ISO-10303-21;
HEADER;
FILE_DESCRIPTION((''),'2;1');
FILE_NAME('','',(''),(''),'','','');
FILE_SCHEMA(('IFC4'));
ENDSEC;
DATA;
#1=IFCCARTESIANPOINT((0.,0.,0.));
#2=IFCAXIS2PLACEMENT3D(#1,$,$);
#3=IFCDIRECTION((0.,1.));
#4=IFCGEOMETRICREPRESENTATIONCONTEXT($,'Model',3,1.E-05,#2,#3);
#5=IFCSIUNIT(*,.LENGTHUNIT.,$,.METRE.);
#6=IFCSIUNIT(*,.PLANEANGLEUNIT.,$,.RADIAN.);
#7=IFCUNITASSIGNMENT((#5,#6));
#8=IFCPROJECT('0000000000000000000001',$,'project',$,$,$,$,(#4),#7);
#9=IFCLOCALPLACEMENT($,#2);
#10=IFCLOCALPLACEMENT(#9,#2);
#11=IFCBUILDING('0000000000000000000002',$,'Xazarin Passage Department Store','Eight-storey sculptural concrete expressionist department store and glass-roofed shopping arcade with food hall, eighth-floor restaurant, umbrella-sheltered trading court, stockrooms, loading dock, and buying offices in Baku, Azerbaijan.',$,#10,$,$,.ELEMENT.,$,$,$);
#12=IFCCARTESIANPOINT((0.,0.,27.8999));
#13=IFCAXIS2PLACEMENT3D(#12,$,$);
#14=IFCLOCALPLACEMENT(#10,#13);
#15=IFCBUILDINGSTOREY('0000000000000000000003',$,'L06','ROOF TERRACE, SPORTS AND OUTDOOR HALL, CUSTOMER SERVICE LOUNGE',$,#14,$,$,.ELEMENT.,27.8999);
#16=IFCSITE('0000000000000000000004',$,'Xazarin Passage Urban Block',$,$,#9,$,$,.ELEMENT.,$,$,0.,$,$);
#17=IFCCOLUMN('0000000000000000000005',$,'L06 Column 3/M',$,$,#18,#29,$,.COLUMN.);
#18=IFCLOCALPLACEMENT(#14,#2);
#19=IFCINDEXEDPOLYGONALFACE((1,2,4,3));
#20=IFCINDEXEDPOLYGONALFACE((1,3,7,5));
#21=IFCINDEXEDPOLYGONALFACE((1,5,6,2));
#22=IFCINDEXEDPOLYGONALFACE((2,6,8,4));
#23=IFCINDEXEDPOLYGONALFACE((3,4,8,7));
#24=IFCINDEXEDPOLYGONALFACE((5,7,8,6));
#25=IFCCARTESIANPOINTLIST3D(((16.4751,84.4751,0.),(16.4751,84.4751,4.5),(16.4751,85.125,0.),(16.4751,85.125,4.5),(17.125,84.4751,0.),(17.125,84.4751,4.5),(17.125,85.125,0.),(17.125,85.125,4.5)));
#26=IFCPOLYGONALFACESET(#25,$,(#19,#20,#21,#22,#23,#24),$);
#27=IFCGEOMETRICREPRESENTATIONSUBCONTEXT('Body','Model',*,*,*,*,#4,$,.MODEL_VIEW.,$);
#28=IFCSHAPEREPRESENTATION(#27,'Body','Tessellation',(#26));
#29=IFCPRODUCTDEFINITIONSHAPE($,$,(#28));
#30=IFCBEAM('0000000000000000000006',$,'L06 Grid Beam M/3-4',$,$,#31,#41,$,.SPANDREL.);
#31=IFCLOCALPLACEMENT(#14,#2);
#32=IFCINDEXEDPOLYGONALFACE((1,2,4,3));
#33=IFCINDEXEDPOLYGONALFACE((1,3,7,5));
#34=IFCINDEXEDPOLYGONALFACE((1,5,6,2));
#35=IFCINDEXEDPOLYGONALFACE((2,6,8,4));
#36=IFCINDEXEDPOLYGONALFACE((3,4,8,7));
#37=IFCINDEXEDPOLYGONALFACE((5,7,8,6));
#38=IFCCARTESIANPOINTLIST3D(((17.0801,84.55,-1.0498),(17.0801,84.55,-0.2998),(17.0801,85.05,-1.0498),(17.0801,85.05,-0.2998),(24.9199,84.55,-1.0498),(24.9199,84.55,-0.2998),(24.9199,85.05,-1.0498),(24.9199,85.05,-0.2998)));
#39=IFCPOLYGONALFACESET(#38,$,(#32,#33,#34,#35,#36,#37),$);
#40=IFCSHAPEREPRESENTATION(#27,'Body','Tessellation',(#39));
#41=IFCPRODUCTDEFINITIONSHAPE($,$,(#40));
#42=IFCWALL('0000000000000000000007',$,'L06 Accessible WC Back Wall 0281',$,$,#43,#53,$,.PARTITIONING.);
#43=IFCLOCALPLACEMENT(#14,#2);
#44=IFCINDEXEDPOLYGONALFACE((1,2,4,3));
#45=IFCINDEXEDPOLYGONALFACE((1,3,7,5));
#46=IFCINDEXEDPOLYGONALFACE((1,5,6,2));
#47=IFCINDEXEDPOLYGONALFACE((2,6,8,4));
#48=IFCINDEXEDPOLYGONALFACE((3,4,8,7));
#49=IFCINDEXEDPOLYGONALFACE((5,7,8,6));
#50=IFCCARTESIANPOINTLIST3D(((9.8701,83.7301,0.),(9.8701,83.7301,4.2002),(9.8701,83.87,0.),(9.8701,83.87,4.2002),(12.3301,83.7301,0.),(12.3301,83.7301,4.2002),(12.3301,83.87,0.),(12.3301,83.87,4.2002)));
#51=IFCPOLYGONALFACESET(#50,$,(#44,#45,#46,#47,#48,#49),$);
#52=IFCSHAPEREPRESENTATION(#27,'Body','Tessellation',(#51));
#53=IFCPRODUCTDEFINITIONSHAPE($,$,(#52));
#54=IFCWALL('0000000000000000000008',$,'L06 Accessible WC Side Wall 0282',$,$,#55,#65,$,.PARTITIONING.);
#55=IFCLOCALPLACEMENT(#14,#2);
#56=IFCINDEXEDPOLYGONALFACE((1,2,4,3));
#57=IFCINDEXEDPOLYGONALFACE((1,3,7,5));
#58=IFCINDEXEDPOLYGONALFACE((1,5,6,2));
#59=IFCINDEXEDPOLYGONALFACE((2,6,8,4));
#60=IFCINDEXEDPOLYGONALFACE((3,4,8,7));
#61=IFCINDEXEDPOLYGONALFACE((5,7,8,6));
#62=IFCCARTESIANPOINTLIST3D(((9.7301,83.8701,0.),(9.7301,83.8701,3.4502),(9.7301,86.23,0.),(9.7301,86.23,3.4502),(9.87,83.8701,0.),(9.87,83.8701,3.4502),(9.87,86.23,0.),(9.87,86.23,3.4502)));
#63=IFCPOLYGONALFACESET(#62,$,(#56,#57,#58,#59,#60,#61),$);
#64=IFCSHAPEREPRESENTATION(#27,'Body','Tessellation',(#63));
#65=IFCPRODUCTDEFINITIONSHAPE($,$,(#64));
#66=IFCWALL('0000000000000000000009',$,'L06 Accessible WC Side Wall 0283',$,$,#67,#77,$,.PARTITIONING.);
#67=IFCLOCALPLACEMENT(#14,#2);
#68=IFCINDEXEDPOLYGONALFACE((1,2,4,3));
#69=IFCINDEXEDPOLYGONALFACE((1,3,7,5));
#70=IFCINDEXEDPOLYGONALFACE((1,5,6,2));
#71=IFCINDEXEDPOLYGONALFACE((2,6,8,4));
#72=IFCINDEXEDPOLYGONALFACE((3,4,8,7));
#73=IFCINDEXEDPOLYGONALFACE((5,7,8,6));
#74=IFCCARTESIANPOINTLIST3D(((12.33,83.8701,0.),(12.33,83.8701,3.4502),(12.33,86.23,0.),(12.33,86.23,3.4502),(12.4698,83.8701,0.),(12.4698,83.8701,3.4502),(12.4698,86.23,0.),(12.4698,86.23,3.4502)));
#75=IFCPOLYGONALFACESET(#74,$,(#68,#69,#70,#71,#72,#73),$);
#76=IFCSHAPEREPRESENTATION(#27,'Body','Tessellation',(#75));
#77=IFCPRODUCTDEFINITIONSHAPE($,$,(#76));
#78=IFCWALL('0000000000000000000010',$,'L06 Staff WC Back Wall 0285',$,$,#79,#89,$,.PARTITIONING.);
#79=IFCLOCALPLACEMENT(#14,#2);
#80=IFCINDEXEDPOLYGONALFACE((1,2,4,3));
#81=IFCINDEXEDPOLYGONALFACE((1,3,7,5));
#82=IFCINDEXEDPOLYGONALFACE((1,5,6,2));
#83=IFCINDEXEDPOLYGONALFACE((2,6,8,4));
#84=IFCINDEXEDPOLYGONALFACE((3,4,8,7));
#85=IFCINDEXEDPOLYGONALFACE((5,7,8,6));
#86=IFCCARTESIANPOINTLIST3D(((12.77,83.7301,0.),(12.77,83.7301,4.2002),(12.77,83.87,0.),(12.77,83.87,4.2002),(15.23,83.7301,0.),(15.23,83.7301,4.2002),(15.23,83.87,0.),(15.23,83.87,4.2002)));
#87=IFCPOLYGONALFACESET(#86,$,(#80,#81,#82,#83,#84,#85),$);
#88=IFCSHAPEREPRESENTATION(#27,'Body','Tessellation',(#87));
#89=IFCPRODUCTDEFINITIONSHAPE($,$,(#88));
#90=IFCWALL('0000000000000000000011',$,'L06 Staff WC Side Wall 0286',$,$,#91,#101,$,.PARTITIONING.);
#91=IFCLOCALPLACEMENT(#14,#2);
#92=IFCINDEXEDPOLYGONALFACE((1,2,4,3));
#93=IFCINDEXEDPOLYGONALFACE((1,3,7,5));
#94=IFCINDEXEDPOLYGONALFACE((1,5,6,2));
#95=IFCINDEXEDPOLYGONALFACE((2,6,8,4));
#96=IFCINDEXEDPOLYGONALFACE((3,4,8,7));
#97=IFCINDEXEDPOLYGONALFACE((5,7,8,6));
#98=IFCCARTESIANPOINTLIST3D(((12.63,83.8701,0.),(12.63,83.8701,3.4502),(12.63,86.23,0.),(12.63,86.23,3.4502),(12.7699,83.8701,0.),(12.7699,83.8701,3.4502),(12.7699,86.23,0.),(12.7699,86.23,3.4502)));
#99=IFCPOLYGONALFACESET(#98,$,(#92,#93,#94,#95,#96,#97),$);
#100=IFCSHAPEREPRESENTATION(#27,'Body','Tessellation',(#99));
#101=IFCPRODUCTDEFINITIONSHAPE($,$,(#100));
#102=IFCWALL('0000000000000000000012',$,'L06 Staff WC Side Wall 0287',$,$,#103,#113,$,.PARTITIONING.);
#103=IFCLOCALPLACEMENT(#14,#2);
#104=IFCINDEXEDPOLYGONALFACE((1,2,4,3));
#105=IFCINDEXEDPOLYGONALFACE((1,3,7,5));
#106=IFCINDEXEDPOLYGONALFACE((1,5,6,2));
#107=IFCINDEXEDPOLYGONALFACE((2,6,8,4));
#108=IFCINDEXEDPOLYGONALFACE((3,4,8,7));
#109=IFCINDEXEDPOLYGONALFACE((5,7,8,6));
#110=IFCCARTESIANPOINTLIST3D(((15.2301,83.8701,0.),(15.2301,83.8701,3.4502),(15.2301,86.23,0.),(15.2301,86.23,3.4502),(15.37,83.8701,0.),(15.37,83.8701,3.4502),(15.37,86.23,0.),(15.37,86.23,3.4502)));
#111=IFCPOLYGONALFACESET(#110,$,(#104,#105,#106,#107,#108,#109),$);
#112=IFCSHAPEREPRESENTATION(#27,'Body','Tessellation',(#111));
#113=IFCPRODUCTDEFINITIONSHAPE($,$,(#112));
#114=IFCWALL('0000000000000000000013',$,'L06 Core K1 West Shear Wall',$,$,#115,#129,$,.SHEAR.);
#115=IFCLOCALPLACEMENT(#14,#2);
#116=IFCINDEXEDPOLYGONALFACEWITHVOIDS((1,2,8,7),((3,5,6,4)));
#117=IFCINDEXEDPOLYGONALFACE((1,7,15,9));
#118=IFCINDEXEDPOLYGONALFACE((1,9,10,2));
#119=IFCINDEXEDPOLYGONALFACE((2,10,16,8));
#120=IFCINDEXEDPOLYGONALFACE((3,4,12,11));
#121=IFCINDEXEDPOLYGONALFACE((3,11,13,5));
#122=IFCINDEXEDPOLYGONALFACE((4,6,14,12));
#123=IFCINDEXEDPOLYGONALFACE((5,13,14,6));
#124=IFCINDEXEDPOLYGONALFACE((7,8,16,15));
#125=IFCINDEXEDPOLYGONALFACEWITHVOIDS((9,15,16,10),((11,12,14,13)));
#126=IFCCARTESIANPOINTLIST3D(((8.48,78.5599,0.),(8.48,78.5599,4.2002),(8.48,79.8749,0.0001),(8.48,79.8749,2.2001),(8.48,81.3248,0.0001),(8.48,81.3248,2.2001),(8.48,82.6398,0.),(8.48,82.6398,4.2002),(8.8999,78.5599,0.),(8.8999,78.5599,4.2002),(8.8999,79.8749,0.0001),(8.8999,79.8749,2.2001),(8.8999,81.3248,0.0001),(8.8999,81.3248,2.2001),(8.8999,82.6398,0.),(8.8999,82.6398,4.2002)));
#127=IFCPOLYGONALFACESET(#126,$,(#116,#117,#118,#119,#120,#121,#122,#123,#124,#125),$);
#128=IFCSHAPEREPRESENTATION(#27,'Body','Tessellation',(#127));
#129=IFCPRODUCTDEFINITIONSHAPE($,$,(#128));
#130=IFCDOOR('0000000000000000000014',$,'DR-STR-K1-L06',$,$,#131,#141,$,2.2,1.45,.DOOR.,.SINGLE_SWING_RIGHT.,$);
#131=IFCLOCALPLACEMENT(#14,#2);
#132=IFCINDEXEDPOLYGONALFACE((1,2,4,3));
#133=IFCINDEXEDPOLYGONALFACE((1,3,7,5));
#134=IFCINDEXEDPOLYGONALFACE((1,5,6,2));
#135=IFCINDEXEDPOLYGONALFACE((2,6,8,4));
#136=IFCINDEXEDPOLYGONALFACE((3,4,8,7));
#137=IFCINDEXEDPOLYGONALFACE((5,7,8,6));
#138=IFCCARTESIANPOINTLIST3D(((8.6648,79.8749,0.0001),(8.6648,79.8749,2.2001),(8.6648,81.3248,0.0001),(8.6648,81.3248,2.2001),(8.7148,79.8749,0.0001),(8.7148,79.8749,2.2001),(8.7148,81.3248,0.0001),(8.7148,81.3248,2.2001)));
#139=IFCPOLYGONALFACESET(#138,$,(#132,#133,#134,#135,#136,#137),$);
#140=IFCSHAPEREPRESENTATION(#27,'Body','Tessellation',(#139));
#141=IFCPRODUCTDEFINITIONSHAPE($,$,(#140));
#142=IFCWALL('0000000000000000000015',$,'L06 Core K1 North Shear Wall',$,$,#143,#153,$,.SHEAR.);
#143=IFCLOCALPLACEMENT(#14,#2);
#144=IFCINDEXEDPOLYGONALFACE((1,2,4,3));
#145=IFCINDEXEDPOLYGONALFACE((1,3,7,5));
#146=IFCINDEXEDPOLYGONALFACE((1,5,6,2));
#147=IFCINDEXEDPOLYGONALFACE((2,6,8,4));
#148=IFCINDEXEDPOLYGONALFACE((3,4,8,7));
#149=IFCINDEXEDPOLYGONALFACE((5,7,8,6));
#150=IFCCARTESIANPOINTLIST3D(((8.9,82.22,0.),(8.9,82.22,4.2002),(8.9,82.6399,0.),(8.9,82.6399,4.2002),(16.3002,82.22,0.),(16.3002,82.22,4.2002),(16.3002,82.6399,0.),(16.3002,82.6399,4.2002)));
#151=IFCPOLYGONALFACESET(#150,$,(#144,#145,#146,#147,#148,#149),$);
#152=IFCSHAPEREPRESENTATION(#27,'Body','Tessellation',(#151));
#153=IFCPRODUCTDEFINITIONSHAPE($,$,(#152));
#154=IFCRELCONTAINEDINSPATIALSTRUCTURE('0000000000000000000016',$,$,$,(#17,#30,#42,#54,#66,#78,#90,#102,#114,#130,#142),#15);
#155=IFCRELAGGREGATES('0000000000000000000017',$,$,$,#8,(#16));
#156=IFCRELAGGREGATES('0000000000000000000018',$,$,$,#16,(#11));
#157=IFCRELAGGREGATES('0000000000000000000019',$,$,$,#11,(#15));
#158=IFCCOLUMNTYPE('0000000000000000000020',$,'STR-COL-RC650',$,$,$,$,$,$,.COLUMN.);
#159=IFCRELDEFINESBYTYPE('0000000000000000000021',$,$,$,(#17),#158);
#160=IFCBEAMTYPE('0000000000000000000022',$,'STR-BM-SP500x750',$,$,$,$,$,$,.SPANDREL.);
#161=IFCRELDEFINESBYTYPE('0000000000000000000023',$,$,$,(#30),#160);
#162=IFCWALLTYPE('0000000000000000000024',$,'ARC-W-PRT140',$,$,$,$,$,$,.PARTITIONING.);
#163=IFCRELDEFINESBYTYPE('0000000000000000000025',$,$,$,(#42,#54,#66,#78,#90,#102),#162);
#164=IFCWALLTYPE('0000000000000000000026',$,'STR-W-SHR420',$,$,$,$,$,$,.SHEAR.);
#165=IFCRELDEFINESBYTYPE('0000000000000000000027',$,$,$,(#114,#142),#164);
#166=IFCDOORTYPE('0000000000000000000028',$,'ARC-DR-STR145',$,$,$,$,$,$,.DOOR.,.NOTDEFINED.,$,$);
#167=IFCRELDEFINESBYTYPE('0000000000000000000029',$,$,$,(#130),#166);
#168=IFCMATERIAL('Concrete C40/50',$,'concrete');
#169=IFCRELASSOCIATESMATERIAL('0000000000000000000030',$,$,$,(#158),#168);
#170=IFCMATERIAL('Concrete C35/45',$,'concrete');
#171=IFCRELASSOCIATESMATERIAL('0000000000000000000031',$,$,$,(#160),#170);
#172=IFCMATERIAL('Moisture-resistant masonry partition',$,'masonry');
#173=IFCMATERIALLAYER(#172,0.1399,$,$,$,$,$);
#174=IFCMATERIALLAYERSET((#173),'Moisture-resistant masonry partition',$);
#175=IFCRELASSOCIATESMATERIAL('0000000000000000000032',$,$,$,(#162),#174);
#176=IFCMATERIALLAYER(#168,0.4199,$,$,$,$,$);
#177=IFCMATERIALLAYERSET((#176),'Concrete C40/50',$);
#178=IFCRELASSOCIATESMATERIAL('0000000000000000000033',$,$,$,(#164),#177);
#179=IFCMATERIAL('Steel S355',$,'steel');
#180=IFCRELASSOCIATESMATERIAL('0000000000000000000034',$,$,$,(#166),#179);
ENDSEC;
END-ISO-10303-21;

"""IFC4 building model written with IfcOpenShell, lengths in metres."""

from ifc_helpers import new_model, si_unit, direction, frame, frame_2d, origin, origin_2d, place, context, subcontext, project, spatial, rectangle, extrude, material, layer, layer_set, material_profile, profile_set, type_object, element, fill, save


model = new_model("IFC4")

# Units and contexts
model_context = context("Model", 3, precision=1e-05, world=origin(), true_north=direction((0.0, 1.0)))
body_context = subcontext(model_context, "Body", "Model", "MODEL_VIEW")
ifc_project = project(units=[si_unit("LENGTHUNIT", "METRE"), si_unit("PLANEANGLEUNIT", "RADIAN")], contexts=[model_context])

# Site, building, storey
site_placement = place(None, origin())
site = spatial("IfcSite", under=ifc_project, at=site_placement, Name="Xazarin Passage Urban Block", CompositionType="ELEMENT", RefElevation=0.0)
building_placement = place(site_placement, origin())
building = spatial("IfcBuilding", under=site, at=building_placement, Name="Xazarin Passage Department Store", Description="Eight-storey sculptural concrete expressionist department store and glass-roofed shopping arcade with food hall, eighth-floor restaurant, umbrella-sheltered trading court, stockrooms, loading dock, and buying offices in Baku, Azerbaijan.", CompositionType="ELEMENT")
storey_placement = place(building_placement, frame((0.0, 0.0, 27.8999)))
storey = spatial("IfcBuildingStorey", under=building, at=storey_placement, Name="L06", Description="ROOF TERRACE, SPORTS AND OUTDOOR HALL, CUSTOMER SERVICE LOUNGE", CompositionType="ELEMENT", Elevation=27.8999)

# Column
ifc_material_1 = material(Name="Concrete C40/50", Category="concrete")
ifc_material_profile_1 = material_profile(ifc_material_1, rectangle(XDim=0.6499, YDim=0.6499, at=origin_2d()), Name="RC 650x650")
ifc_profile_set_1 = profile_set([ifc_material_profile_1], Name="Concrete C40/50")
column_type = type_object("IfcColumnType", Name="STR-COL-RC650", PredefinedType="COLUMN", material=ifc_profile_set_1)
column_placement = place(storey_placement, frame((16.8, 84.8, 0.0), z_axis=(0.0, 0.0, 1.0), x_axis=(1.0, 0.0, 0.0)))
element("IfcColumn", 1, at=column_placement, inside=storey, type_object=column_type, Name="L06 Column 3/M", PredefinedType="COLUMN", context=body_context, shape_type="SweptSolid", body=[
    extrude(rectangle(XDim=0.6499, YDim=0.6499, at=origin_2d()), origin(), (0.0, 0.0, 1.0), 4.5),
])

# Beam
ifc_material_2 = material(Name="Concrete C35/45", Category="concrete")
ifc_material_profile_2 = material_profile(ifc_material_2, rectangle(XDim=0.5, YDim=0.75, at=origin_2d()), Name="RC 500x750")
ifc_profile_set_2 = profile_set([ifc_material_profile_2], Name="Concrete C35/45")
beam_type = type_object("IfcBeamType", Name="STR-BM-SP500x750", PredefinedType="SPANDREL", material=ifc_profile_set_2)
beam_placement = place(storey_placement, frame((17.0801, 84.8, -0.6748), z_axis=(1.0, 0.0, 0.0), x_axis=(0.0, 1.0, 0.0)))
element("IfcBeam", 2, at=beam_placement, inside=storey, type_object=beam_type, Name="L06 Grid Beam M/3-4", PredefinedType="SPANDREL", context=body_context, shape_type="SweptSolid", body=[
    extrude(rectangle(XDim=0.5, YDim=0.75, at=origin_2d()), origin(), (0.0, 0.0, 1.0), 7.8398),
])

# Shared definitions
ifc_material_3 = material(Name="Moisture-resistant masonry partition", Category="masonry")
ifc_layer_1 = layer(ifc_material_3, 0.1399)
ifc_layer_set_1 = layer_set([ifc_layer_1], Name="Moisture-resistant masonry partition")
wall_type_1 = type_object("IfcWallType", Name="ARC-W-PRT140", PredefinedType="PARTITIONING", material=ifc_layer_set_1)

# Walls
wall_1_placement = place(storey_placement, frame((9.8701, 83.8, 0.0), z_axis=(0.0, 0.0, 1.0), x_axis=(1.0, 0.0, 0.0)))
element("IfcWall", 3, at=wall_1_placement, inside=storey, type_object=wall_type_1, Name="L06 Accessible WC Back Wall 0281", PredefinedType="PARTITIONING", context=body_context, shape_type="SweptSolid", body=[
    extrude(rectangle(XDim=2.46, YDim=0.1399, at=frame_2d((1.23, 0.0))), origin(), (0.0, 0.0, 1.0), 4.2002),
])
for number, where, z_axis, x_axis, name in (
    (4, (9.8, 83.8701, 0.0), (0.0, 0.0, 1.0), (0.0, 1.0, 0.0), "L06 Accessible WC Side Wall 0282"),
    (5, (12.3999, 83.8701, 0.0), (0.0, 0.0, 1.0), (0.0, 1.0, 0.0), "L06 Accessible WC Side Wall 0283"),
):
    element("IfcWall", number, at=place(storey_placement, frame(where, z_axis=z_axis, x_axis=x_axis)), inside=storey, type_object=wall_type_1, Name=name, PredefinedType="PARTITIONING", context=body_context, shape_type="SweptSolid", body=[
        extrude(rectangle(XDim=2.3599, YDim=0.1399, at=frame_2d((1.1799, 0.0))), origin(), (0.0, 0.0, 1.0), 3.4502),
    ])

# Walls
wall_2_placement = place(storey_placement, frame((12.77, 83.8, 0.0), z_axis=(0.0, 0.0, 1.0), x_axis=(1.0, 0.0, 0.0)))
element("IfcWall", 6, at=wall_2_placement, inside=storey, type_object=wall_type_1, Name="L06 Staff WC Back Wall 0285", PredefinedType="PARTITIONING", context=body_context, shape_type="SweptSolid", body=[
    extrude(rectangle(XDim=2.46, YDim=0.1399, at=frame_2d((1.23, 0.0))), origin(), (0.0, 0.0, 1.0), 4.2002),
])
for number, where, z_axis, x_axis, name in (
    (7, (12.7, 83.8701, 0.0), (0.0, 0.0, 1.0), (0.0, 1.0, 0.0), "L06 Staff WC Side Wall 0286"),
    (8, (15.3, 83.8701, 0.0), (0.0, 0.0, 1.0), (0.0, 1.0, 0.0), "L06 Staff WC Side Wall 0287"),
):
    element("IfcWall", number, at=place(storey_placement, frame(where, z_axis=z_axis, x_axis=x_axis)), inside=storey, type_object=wall_type_1, Name=name, PredefinedType="PARTITIONING", context=body_context, shape_type="SweptSolid", body=[
        extrude(rectangle(XDim=2.3599, YDim=0.1399, at=frame_2d((1.1799, 0.0))), origin(), (0.0, 0.0, 1.0), 3.4502),
    ])

# Wall, opening, door
ifc_layer_2 = layer(ifc_material_1, 0.4199)
ifc_layer_set_2 = layer_set([ifc_layer_2], Name="Concrete C40/50")
wall_type_2 = type_object("IfcWallType", Name="STR-W-SHR420", PredefinedType="SHEAR", material=ifc_layer_set_2)
wall_3_placement = place(storey_placement, frame((8.6899, 82.6399, 0.0), z_axis=(0.0, 0.0, 1.0), x_axis=(0.0, -1.0, 0.0)))
wall_3 = element("IfcWall", 9, at=wall_3_placement, inside=storey, type_object=wall_type_2, Name="L06 Core K1 West Shear Wall", PredefinedType="SHEAR", context=body_context, shape_type="SweptSolid", body=[
    extrude(rectangle(XDim=4.0798, YDim=0.4199, at=frame_2d((2.04, 0.0))), origin(), (0.0, 0.0, 1.0), 4.2002),
])
opening_1_placement = place(wall_3_placement, frame((1.3149, 0.0, 0.0)))
opening_1 = element("IfcOpeningElement", 10, at=opening_1_placement, cuts=wall_3, PredefinedType="OPENING", context=body_context, shape_type="SweptSolid", body=[
    extrude(rectangle(XDim=1.45, YDim=2.2, at=frame_2d((0.7251, 1.1001))), frame((0.0, 0.22, 0.0), z_axis=(0.0, -1.0, 0.0), x_axis=(1.0, 0.0, 0.0)), (0.0, 0.0, 1.0), 0.4399),
])
ifc_material_4 = material(Name="Steel S355", Category="steel")
door_type_1 = type_object("IfcDoorType", Name="ARC-DR-STR145", OperationType="NOTDEFINED", PredefinedType="DOOR", material=ifc_material_4)
door_1_placement = place(opening_1_placement, origin())
door_1 = element("IfcDoor", 11, at=door_1_placement, inside=storey, type_object=door_type_1, Name="DR-STR-K1-L06", OperationType="SINGLE_SWING_RIGHT", OverallHeight=2.2, OverallWidth=1.45, PredefinedType="DOOR", context=body_context, shape_type="SweptSolid", body=[
    extrude(rectangle(XDim=1.45, YDim=2.2, at=frame_2d((0.7251, 1.1001))), frame((0.0, 0.0249, 0.0), z_axis=(0.0, -1.0, 0.0), x_axis=(1.0, 0.0, 0.0)), (0.0, 0.0, 1.0), 0.05),
])
fill(opening_1, door_1)

# Wall
wall_4_placement = place(storey_placement, frame((8.8999, 82.4299, 0.0), z_axis=(0.0, 0.0, 1.0), x_axis=(1.0, 0.0, 0.0)))
element("IfcWall", 12, at=wall_4_placement, inside=storey, type_object=wall_type_2, Name="L06 Core K1 North Shear Wall", PredefinedType="SHEAR", context=body_context, shape_type="SweptSolid", body=[
    extrude(rectangle(XDim=7.4001, YDim=0.4199, at=frame_2d((3.7002, 0.0))), origin(), (0.0, 0.0, 1.0), 4.2002),
])

save(model, "model.ifc")
